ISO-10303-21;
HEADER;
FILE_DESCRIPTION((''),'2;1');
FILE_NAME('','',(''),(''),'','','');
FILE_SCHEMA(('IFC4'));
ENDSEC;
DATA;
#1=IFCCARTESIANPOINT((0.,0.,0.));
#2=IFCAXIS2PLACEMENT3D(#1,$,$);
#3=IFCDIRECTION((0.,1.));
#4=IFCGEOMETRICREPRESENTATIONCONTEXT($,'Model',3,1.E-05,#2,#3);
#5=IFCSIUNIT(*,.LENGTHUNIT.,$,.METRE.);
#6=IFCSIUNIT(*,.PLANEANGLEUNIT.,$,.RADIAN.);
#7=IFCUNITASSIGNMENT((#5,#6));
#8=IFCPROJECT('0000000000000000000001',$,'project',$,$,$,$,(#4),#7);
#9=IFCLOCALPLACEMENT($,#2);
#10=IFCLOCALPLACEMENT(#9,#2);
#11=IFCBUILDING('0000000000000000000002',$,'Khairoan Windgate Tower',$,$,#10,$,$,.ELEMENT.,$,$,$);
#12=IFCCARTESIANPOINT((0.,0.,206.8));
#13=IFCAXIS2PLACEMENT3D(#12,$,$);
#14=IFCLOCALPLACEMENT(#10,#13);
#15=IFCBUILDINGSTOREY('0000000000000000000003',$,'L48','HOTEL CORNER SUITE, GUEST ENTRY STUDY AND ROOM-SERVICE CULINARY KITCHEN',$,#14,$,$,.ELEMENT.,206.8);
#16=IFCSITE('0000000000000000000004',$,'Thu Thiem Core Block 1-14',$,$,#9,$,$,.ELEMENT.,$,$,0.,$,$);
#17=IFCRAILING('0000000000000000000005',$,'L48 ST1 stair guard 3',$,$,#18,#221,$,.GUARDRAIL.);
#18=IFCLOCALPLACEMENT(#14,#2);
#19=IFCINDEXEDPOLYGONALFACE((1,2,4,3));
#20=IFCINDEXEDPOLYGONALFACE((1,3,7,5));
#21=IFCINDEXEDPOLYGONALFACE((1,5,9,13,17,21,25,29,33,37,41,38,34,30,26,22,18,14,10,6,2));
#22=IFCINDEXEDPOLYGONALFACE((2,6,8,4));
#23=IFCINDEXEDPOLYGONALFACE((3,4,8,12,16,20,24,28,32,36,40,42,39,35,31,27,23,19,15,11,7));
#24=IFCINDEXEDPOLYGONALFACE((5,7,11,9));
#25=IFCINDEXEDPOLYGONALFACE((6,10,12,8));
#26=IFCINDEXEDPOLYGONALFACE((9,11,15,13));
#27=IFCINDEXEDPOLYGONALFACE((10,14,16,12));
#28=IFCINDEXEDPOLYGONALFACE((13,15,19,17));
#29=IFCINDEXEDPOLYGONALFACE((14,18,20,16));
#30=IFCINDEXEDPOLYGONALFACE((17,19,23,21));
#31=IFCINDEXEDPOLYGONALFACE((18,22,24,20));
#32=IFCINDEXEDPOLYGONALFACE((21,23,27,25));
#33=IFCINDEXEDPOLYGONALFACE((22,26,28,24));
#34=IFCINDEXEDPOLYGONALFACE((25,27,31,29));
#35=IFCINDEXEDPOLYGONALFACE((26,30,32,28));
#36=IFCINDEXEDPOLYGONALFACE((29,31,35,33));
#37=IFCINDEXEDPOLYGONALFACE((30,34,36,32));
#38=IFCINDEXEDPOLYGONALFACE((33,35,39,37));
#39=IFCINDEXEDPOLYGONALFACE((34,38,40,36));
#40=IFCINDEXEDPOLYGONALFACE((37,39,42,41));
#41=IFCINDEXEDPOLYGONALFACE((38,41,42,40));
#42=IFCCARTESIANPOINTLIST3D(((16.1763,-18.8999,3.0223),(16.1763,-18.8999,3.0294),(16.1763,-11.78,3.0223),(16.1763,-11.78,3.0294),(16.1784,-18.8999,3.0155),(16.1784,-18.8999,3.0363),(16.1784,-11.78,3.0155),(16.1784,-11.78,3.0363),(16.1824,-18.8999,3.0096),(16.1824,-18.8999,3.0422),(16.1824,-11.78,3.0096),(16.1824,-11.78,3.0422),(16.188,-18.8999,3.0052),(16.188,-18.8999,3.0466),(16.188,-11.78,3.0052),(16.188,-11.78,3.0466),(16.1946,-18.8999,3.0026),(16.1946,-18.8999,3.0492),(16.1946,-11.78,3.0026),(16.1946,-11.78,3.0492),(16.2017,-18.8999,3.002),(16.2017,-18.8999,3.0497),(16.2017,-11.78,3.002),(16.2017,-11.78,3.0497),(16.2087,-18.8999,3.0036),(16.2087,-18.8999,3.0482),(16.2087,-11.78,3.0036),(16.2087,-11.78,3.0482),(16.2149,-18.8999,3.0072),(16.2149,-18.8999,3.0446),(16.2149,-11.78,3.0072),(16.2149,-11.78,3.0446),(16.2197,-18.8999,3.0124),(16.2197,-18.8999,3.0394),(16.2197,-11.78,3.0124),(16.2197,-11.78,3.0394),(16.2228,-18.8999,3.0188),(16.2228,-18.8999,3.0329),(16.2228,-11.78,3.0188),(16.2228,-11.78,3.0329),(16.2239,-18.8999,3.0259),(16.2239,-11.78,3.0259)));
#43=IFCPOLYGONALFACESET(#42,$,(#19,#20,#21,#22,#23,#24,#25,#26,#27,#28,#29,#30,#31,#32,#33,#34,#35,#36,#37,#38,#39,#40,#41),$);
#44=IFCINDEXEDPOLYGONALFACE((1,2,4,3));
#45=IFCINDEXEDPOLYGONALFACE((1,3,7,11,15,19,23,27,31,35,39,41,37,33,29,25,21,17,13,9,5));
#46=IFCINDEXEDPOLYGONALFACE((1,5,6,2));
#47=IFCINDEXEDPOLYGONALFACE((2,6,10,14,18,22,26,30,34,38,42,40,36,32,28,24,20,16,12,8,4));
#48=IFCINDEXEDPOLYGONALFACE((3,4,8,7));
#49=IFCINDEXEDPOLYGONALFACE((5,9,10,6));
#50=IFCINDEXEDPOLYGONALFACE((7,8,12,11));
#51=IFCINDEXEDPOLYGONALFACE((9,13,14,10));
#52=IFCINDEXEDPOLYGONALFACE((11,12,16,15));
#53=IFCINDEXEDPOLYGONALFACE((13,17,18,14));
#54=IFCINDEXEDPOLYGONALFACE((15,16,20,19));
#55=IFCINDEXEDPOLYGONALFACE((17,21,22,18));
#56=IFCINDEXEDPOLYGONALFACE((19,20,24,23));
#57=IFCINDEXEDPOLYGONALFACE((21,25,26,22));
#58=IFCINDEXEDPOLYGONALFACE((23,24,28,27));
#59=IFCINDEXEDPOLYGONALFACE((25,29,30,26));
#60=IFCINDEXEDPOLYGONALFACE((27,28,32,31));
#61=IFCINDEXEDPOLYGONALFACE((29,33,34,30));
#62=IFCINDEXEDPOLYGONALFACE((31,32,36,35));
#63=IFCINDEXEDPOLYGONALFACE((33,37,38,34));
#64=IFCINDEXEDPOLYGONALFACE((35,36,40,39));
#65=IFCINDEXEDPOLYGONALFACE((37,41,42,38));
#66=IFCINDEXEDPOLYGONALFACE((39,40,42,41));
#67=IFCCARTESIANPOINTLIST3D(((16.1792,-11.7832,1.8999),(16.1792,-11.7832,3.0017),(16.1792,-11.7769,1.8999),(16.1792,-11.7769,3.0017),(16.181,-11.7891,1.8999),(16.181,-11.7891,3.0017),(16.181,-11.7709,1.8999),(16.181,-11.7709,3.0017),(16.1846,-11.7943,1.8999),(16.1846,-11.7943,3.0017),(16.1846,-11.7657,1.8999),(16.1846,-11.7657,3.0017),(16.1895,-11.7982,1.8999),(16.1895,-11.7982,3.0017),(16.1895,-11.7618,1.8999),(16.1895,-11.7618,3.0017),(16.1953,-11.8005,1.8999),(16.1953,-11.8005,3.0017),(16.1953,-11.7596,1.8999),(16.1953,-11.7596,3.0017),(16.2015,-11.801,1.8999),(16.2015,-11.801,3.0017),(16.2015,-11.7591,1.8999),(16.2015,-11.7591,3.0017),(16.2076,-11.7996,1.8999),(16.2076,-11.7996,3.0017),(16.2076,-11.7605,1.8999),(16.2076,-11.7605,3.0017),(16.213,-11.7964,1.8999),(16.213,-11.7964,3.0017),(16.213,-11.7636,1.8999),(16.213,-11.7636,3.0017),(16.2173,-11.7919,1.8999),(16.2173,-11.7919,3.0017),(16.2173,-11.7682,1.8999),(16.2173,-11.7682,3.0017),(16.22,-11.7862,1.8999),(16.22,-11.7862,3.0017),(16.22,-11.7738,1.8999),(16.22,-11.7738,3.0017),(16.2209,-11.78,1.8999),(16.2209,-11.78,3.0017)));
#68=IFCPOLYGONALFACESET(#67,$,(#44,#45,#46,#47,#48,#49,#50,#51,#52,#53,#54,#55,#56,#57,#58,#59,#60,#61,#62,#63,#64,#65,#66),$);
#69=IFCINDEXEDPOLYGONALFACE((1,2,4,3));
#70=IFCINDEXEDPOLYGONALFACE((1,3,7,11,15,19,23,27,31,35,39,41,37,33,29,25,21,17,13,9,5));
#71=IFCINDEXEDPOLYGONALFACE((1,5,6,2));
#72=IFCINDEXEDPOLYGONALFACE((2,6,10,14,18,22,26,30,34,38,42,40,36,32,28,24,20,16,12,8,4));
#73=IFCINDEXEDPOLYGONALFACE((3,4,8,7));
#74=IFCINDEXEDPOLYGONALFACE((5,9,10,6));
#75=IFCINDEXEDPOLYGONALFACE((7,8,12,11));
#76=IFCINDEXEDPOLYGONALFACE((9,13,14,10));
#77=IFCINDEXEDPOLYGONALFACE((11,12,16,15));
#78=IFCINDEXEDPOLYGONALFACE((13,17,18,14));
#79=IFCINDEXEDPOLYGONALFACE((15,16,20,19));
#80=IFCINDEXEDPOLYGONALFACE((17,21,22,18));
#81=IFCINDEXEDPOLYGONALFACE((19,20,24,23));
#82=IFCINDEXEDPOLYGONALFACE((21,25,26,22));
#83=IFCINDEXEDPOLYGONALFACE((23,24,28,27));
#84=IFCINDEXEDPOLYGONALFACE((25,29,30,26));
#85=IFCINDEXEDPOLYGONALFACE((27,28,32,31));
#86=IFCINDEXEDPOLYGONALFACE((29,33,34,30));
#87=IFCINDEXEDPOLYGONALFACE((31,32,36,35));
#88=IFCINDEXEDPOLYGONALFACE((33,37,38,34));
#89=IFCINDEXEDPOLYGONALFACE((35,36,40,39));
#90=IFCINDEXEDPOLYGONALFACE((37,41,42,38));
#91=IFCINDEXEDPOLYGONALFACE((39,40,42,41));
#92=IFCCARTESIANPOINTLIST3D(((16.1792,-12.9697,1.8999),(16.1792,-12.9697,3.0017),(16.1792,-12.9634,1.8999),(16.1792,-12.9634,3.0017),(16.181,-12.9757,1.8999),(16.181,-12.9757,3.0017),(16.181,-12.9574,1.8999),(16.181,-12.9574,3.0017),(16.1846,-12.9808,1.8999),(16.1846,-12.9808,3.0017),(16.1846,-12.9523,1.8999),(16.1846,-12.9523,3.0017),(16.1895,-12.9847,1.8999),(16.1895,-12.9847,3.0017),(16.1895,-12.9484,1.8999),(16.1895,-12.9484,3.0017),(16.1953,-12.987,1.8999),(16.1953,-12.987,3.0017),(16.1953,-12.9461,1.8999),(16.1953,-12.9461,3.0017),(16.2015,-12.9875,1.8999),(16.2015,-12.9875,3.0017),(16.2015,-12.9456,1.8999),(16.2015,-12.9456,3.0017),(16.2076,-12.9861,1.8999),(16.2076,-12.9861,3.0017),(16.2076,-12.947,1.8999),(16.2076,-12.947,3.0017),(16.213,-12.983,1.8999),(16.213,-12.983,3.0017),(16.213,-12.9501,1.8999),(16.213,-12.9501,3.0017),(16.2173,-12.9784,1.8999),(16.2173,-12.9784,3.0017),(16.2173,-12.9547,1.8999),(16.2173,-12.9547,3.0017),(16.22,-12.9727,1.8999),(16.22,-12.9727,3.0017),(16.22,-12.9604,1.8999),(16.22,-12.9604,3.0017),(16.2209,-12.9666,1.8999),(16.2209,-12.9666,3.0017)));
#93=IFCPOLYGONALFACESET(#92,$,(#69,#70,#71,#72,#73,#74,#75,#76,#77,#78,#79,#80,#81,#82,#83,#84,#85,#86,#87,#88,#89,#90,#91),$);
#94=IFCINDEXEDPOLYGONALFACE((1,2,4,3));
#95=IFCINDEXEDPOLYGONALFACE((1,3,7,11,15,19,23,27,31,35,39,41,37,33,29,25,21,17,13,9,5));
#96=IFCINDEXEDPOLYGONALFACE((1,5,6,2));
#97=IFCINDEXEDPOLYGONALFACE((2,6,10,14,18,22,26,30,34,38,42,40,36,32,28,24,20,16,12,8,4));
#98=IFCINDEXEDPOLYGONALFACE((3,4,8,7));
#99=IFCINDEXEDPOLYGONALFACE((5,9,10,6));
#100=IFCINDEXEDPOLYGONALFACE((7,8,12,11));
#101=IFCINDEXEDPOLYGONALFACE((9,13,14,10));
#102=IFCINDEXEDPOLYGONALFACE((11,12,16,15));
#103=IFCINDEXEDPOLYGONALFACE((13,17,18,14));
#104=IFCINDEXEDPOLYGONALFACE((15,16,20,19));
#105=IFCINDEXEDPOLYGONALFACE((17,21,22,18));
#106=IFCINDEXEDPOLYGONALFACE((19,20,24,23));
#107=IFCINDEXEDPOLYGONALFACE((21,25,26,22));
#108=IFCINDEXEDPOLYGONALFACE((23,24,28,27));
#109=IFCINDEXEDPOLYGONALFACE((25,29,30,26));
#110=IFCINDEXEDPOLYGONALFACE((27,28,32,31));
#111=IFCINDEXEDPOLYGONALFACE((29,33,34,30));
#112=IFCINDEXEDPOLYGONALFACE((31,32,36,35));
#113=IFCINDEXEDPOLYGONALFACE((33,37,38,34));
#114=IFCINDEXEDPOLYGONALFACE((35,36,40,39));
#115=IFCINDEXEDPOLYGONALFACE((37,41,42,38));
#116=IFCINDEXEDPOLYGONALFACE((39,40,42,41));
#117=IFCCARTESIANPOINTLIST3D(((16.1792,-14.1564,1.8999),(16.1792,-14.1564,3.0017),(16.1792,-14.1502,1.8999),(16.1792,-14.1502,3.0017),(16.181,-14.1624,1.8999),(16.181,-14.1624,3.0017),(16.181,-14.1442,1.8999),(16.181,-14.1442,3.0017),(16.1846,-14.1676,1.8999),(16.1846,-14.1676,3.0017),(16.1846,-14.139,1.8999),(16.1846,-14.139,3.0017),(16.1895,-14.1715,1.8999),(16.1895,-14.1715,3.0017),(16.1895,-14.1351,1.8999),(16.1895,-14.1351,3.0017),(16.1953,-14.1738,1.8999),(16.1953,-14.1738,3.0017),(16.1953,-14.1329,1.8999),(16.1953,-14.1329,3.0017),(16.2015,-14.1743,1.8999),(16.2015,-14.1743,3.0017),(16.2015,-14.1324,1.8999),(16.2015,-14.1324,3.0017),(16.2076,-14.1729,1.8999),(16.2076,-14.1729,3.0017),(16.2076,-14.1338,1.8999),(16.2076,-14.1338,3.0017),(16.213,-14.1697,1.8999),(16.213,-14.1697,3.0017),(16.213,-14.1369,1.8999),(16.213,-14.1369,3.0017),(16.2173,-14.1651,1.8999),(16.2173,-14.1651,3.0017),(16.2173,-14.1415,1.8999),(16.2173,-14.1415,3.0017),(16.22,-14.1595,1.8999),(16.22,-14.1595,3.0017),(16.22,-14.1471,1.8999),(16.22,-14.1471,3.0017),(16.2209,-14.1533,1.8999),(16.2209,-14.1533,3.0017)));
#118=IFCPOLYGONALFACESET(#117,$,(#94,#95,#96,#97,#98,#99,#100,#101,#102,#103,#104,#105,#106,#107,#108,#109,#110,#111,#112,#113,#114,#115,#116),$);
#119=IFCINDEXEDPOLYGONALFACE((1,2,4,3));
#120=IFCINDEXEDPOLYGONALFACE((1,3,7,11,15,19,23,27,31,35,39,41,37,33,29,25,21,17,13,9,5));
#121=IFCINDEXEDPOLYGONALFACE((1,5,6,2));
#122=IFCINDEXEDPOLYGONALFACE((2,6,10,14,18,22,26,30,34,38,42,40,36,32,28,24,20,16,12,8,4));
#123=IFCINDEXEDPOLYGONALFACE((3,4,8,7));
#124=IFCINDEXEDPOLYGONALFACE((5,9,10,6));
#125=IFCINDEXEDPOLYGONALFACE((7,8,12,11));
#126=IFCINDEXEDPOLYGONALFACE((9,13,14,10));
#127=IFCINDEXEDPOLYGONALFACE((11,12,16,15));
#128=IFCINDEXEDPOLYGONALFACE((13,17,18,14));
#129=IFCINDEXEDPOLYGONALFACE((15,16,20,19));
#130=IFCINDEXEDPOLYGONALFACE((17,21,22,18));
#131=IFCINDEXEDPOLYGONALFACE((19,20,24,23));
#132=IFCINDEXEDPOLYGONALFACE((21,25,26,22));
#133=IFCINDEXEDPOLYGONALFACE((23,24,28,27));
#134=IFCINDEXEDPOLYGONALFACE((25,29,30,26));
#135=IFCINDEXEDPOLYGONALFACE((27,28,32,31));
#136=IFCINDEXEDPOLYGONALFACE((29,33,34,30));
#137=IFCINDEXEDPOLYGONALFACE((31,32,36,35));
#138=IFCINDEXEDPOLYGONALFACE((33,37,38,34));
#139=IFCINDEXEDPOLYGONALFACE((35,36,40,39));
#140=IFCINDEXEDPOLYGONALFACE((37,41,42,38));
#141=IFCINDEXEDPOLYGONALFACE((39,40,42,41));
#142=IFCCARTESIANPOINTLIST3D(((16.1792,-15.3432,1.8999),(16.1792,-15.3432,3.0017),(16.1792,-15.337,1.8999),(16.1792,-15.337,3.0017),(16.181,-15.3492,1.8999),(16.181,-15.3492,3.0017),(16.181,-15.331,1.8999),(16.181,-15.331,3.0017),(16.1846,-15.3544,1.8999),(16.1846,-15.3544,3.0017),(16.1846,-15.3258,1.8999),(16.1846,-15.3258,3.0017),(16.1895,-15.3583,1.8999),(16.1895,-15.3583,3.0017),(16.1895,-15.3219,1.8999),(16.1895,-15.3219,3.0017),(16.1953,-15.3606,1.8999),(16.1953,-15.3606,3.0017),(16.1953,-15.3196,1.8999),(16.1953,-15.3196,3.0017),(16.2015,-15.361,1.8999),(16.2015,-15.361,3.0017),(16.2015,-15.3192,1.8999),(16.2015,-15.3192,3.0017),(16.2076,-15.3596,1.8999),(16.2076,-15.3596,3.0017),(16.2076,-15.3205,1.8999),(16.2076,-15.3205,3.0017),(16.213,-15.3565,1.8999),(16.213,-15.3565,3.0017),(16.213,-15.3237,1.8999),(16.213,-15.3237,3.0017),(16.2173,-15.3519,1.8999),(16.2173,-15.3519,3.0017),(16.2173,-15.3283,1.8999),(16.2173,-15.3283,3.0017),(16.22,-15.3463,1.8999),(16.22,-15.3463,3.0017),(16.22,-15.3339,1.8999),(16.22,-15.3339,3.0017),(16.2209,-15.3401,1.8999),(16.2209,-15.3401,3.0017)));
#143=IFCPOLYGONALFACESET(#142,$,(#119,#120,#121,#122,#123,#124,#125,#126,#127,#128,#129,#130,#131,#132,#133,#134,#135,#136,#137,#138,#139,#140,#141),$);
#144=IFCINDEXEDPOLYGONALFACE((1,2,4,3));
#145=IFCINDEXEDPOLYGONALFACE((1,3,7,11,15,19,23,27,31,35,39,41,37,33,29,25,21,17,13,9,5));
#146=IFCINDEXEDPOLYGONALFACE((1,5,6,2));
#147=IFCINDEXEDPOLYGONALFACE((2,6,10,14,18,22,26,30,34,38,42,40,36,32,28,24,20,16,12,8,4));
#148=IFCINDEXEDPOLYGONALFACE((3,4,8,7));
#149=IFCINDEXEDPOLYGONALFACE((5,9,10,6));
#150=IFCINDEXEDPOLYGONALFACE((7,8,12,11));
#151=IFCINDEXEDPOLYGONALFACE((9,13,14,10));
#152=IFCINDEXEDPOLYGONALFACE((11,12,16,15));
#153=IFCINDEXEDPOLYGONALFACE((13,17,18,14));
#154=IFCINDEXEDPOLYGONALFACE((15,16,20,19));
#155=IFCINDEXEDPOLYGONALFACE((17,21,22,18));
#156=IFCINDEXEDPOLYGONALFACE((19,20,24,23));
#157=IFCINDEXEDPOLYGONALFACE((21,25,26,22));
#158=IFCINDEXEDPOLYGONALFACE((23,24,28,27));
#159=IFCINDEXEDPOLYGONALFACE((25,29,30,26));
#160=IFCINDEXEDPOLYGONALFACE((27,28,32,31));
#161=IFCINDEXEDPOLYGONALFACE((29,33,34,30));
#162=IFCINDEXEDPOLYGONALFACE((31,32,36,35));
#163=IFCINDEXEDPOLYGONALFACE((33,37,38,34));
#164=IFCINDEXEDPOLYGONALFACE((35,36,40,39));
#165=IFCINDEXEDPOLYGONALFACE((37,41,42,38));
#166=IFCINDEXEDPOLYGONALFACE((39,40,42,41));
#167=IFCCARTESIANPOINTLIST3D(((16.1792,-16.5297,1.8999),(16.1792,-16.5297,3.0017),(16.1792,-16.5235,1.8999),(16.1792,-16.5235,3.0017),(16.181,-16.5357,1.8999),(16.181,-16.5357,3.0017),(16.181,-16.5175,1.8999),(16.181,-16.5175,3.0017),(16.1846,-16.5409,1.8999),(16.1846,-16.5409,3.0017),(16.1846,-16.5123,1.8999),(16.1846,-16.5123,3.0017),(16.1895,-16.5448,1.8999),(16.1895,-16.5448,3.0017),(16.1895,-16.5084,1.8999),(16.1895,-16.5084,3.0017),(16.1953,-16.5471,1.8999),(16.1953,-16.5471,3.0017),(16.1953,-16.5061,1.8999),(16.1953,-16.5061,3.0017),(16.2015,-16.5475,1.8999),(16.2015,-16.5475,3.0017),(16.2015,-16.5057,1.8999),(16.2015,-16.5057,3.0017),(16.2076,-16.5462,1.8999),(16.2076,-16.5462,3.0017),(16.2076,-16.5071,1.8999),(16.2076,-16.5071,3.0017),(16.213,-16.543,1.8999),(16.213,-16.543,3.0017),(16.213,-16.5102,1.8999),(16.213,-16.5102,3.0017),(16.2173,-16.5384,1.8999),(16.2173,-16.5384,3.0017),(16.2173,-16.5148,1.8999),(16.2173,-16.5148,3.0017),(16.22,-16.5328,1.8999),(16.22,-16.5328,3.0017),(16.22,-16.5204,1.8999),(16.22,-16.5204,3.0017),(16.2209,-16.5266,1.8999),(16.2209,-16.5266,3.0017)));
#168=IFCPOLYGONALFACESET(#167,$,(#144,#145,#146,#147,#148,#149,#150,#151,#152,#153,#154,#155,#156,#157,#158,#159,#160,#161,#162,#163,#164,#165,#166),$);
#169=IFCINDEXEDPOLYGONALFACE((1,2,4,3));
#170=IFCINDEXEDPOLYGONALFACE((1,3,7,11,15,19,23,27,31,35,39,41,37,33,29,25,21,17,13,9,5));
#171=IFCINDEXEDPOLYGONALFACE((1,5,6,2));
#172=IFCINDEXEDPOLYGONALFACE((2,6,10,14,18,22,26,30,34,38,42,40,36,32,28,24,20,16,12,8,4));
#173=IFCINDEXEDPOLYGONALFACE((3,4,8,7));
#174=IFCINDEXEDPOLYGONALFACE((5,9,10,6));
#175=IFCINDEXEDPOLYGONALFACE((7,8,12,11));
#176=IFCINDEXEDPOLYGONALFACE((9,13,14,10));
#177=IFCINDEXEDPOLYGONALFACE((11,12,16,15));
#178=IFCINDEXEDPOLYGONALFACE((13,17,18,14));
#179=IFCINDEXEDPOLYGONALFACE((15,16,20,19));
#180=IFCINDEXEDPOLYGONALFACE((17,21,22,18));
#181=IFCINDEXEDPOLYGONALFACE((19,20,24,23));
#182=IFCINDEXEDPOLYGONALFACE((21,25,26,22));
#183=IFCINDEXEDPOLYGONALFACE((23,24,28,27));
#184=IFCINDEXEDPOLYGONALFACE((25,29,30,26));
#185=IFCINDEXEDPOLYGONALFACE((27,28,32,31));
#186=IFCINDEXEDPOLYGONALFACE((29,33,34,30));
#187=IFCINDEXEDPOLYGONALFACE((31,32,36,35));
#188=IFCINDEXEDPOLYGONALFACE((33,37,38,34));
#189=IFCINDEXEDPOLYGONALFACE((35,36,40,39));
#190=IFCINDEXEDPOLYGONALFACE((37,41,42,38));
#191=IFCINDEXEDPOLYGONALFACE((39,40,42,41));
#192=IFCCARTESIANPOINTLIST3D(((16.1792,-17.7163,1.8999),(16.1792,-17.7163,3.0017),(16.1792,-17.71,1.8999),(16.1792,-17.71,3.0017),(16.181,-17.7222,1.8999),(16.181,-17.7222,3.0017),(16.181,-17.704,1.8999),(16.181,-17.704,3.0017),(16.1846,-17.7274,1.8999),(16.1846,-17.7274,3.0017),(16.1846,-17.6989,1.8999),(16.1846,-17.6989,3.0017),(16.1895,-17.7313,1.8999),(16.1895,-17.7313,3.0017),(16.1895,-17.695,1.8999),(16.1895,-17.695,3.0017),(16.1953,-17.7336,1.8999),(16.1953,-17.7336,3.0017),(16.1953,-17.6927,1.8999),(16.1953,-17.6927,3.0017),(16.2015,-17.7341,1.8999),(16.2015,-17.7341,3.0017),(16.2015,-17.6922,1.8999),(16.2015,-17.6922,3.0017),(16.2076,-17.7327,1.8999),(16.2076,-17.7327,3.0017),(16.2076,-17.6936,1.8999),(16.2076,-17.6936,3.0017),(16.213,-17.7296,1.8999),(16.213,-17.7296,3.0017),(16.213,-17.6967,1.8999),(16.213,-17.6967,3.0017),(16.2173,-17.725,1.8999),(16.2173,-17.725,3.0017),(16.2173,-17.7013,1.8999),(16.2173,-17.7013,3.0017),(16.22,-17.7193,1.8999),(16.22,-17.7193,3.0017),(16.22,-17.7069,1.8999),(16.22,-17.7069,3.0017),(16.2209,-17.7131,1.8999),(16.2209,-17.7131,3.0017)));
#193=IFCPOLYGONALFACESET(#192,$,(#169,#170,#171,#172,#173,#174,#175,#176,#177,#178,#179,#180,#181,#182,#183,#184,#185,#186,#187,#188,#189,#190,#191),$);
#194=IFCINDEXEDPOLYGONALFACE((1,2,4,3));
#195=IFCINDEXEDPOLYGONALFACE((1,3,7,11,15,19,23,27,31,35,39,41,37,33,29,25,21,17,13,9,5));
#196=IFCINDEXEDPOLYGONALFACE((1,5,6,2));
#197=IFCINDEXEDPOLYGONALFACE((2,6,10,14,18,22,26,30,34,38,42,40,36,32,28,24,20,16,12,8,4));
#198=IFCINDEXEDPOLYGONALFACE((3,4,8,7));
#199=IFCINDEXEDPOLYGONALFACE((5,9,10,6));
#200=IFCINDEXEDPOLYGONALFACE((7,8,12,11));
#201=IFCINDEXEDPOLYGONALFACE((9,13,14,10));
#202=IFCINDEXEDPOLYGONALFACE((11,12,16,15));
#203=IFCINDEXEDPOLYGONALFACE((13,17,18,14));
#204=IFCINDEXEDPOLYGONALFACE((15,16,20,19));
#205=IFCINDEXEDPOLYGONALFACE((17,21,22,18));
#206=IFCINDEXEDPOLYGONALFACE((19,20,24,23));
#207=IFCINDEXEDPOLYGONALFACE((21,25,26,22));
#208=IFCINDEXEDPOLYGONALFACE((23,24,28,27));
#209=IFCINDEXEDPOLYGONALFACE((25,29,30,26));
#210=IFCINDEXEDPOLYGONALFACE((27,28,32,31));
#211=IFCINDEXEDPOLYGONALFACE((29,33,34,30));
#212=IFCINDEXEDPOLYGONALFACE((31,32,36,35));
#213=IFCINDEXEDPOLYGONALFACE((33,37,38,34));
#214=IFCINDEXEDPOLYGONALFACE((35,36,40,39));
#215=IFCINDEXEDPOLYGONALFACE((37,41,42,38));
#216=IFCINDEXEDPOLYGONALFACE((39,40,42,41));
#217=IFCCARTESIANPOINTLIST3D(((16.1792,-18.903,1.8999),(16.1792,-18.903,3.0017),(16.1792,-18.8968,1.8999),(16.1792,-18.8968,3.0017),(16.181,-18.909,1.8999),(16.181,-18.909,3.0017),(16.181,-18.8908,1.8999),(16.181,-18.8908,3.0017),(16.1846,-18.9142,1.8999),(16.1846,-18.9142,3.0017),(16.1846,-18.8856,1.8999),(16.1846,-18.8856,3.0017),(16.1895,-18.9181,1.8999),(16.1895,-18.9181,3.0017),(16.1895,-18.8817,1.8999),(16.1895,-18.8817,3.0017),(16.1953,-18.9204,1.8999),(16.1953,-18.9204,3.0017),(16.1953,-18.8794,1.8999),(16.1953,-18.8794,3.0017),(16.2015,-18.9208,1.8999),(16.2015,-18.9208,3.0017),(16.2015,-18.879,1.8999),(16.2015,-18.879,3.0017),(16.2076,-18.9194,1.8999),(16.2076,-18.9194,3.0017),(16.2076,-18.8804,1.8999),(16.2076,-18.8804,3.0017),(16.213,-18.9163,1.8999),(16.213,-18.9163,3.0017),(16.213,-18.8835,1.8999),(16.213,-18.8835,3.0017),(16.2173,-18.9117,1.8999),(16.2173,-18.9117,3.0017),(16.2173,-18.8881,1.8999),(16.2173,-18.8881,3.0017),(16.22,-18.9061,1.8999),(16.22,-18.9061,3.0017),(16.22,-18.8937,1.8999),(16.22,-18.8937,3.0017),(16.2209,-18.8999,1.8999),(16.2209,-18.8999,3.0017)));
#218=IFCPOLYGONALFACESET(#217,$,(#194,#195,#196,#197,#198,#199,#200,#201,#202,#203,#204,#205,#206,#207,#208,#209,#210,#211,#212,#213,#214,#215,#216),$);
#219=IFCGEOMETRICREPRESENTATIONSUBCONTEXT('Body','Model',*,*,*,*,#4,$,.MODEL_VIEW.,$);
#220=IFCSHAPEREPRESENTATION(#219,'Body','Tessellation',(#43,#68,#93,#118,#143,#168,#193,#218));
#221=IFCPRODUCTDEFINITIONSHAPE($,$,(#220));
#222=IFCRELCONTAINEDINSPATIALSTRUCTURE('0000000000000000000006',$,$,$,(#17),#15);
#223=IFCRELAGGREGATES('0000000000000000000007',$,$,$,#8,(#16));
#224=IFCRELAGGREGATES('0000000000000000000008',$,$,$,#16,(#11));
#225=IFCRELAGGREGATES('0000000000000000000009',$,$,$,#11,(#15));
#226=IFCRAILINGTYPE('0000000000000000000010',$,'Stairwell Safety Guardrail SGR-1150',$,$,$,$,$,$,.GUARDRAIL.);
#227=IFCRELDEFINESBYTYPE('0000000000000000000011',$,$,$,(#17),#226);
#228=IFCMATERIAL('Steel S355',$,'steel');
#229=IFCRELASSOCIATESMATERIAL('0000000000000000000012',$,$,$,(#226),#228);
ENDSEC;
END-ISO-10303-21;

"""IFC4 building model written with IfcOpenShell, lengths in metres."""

from ifc_helpers import new_model, si_unit, direction, frame, origin, origin_2d, place, context, subcontext, project, spatial, circle, extrude, material, type_object, element, save


model = new_model("IFC4")

# Units and contexts
model_context = context("Model", 3, precision=1e-05, world=origin(), true_north=direction((0.0, 1.0)))
body_context = subcontext(model_context, "Body", "Model", "MODEL_VIEW")
ifc_project = project(units=[si_unit("LENGTHUNIT", "METRE"), si_unit("PLANEANGLEUNIT", "RADIAN")], contexts=[model_context])

# Site, building, storey
site_placement = place(None, origin())
site = spatial("IfcSite", under=ifc_project, at=site_placement, Name="Thu Thiem Core Block 1-14", CompositionType="ELEMENT", RefElevation=0.0)
building_placement = place(site_placement, origin())
building = spatial("IfcBuilding", under=site, at=building_placement, Name="Khairoan Windgate Tower", CompositionType="ELEMENT")
storey_placement = place(building_placement, frame((0.0, 0.0, 206.8)))
storey = spatial("IfcBuildingStorey", under=building, at=storey_placement, Name="L48", Description="HOTEL CORNER SUITE, GUEST ENTRY STUDY AND ROOM-SERVICE CULINARY KITCHEN", CompositionType="ELEMENT", Elevation=206.8)

# Railing
ifc_material_1 = material(Name="Steel S355", Category="steel")
railing_type_1 = type_object("IfcRailingType", Name="Stairwell Safety Guardrail SGR-1150", PredefinedType="GUARDRAIL", material=ifc_material_1)
railing_1_placement = place(storey_placement, frame((16.2, -11.78, 1.8999)))
element("IfcRailing", 1, at=railing_1_placement, inside=storey, type_object=railing_type_1, Name="L48 ST1 stair guard 3", PredefinedType="GUARDRAIL", context=body_context, shape_type="SweptSolid", body=[
    extrude(circle(Radius=0.0239, at=origin_2d()), frame((0.0, 0.0, 1.126), z_axis=(0.0, -1.0, 0.0), x_axis=(1.0, 0.0, 0.0)), (0.0, 0.0, 1.0), 7.1199),
    extrude(circle(Radius=0.021, at=origin_2d()), origin(), (0.0, 0.0, 1.0), 1.1018),
    extrude(circle(Radius=0.021, at=origin_2d()), frame((0.0, -1.1865, 0.0)), (0.0, 0.0, 1.0), 1.1018),
    extrude(circle(Radius=0.021, at=origin_2d()), frame((0.0, -2.3733, 0.0)), (0.0, 0.0, 1.0), 1.1018),
    extrude(circle(Radius=0.021, at=origin_2d()), frame((0.0, -3.5601, 0.0)), (0.0, 0.0, 1.0), 1.1018),
    extrude(circle(Radius=0.021, at=origin_2d()), frame((0.0, -4.7466, 0.0)), (0.0, 0.0, 1.0), 1.1018),
    extrude(circle(Radius=0.021, at=origin_2d()), frame((0.0, -5.9331, 0.0)), (0.0, 0.0, 1.0), 1.1018),
    extrude(circle(Radius=0.021, at=origin_2d()), frame((0.0, -7.1199, 0.0)), (0.0, 0.0, 1.0), 1.1018),
])

save(model, "model.ifc")
